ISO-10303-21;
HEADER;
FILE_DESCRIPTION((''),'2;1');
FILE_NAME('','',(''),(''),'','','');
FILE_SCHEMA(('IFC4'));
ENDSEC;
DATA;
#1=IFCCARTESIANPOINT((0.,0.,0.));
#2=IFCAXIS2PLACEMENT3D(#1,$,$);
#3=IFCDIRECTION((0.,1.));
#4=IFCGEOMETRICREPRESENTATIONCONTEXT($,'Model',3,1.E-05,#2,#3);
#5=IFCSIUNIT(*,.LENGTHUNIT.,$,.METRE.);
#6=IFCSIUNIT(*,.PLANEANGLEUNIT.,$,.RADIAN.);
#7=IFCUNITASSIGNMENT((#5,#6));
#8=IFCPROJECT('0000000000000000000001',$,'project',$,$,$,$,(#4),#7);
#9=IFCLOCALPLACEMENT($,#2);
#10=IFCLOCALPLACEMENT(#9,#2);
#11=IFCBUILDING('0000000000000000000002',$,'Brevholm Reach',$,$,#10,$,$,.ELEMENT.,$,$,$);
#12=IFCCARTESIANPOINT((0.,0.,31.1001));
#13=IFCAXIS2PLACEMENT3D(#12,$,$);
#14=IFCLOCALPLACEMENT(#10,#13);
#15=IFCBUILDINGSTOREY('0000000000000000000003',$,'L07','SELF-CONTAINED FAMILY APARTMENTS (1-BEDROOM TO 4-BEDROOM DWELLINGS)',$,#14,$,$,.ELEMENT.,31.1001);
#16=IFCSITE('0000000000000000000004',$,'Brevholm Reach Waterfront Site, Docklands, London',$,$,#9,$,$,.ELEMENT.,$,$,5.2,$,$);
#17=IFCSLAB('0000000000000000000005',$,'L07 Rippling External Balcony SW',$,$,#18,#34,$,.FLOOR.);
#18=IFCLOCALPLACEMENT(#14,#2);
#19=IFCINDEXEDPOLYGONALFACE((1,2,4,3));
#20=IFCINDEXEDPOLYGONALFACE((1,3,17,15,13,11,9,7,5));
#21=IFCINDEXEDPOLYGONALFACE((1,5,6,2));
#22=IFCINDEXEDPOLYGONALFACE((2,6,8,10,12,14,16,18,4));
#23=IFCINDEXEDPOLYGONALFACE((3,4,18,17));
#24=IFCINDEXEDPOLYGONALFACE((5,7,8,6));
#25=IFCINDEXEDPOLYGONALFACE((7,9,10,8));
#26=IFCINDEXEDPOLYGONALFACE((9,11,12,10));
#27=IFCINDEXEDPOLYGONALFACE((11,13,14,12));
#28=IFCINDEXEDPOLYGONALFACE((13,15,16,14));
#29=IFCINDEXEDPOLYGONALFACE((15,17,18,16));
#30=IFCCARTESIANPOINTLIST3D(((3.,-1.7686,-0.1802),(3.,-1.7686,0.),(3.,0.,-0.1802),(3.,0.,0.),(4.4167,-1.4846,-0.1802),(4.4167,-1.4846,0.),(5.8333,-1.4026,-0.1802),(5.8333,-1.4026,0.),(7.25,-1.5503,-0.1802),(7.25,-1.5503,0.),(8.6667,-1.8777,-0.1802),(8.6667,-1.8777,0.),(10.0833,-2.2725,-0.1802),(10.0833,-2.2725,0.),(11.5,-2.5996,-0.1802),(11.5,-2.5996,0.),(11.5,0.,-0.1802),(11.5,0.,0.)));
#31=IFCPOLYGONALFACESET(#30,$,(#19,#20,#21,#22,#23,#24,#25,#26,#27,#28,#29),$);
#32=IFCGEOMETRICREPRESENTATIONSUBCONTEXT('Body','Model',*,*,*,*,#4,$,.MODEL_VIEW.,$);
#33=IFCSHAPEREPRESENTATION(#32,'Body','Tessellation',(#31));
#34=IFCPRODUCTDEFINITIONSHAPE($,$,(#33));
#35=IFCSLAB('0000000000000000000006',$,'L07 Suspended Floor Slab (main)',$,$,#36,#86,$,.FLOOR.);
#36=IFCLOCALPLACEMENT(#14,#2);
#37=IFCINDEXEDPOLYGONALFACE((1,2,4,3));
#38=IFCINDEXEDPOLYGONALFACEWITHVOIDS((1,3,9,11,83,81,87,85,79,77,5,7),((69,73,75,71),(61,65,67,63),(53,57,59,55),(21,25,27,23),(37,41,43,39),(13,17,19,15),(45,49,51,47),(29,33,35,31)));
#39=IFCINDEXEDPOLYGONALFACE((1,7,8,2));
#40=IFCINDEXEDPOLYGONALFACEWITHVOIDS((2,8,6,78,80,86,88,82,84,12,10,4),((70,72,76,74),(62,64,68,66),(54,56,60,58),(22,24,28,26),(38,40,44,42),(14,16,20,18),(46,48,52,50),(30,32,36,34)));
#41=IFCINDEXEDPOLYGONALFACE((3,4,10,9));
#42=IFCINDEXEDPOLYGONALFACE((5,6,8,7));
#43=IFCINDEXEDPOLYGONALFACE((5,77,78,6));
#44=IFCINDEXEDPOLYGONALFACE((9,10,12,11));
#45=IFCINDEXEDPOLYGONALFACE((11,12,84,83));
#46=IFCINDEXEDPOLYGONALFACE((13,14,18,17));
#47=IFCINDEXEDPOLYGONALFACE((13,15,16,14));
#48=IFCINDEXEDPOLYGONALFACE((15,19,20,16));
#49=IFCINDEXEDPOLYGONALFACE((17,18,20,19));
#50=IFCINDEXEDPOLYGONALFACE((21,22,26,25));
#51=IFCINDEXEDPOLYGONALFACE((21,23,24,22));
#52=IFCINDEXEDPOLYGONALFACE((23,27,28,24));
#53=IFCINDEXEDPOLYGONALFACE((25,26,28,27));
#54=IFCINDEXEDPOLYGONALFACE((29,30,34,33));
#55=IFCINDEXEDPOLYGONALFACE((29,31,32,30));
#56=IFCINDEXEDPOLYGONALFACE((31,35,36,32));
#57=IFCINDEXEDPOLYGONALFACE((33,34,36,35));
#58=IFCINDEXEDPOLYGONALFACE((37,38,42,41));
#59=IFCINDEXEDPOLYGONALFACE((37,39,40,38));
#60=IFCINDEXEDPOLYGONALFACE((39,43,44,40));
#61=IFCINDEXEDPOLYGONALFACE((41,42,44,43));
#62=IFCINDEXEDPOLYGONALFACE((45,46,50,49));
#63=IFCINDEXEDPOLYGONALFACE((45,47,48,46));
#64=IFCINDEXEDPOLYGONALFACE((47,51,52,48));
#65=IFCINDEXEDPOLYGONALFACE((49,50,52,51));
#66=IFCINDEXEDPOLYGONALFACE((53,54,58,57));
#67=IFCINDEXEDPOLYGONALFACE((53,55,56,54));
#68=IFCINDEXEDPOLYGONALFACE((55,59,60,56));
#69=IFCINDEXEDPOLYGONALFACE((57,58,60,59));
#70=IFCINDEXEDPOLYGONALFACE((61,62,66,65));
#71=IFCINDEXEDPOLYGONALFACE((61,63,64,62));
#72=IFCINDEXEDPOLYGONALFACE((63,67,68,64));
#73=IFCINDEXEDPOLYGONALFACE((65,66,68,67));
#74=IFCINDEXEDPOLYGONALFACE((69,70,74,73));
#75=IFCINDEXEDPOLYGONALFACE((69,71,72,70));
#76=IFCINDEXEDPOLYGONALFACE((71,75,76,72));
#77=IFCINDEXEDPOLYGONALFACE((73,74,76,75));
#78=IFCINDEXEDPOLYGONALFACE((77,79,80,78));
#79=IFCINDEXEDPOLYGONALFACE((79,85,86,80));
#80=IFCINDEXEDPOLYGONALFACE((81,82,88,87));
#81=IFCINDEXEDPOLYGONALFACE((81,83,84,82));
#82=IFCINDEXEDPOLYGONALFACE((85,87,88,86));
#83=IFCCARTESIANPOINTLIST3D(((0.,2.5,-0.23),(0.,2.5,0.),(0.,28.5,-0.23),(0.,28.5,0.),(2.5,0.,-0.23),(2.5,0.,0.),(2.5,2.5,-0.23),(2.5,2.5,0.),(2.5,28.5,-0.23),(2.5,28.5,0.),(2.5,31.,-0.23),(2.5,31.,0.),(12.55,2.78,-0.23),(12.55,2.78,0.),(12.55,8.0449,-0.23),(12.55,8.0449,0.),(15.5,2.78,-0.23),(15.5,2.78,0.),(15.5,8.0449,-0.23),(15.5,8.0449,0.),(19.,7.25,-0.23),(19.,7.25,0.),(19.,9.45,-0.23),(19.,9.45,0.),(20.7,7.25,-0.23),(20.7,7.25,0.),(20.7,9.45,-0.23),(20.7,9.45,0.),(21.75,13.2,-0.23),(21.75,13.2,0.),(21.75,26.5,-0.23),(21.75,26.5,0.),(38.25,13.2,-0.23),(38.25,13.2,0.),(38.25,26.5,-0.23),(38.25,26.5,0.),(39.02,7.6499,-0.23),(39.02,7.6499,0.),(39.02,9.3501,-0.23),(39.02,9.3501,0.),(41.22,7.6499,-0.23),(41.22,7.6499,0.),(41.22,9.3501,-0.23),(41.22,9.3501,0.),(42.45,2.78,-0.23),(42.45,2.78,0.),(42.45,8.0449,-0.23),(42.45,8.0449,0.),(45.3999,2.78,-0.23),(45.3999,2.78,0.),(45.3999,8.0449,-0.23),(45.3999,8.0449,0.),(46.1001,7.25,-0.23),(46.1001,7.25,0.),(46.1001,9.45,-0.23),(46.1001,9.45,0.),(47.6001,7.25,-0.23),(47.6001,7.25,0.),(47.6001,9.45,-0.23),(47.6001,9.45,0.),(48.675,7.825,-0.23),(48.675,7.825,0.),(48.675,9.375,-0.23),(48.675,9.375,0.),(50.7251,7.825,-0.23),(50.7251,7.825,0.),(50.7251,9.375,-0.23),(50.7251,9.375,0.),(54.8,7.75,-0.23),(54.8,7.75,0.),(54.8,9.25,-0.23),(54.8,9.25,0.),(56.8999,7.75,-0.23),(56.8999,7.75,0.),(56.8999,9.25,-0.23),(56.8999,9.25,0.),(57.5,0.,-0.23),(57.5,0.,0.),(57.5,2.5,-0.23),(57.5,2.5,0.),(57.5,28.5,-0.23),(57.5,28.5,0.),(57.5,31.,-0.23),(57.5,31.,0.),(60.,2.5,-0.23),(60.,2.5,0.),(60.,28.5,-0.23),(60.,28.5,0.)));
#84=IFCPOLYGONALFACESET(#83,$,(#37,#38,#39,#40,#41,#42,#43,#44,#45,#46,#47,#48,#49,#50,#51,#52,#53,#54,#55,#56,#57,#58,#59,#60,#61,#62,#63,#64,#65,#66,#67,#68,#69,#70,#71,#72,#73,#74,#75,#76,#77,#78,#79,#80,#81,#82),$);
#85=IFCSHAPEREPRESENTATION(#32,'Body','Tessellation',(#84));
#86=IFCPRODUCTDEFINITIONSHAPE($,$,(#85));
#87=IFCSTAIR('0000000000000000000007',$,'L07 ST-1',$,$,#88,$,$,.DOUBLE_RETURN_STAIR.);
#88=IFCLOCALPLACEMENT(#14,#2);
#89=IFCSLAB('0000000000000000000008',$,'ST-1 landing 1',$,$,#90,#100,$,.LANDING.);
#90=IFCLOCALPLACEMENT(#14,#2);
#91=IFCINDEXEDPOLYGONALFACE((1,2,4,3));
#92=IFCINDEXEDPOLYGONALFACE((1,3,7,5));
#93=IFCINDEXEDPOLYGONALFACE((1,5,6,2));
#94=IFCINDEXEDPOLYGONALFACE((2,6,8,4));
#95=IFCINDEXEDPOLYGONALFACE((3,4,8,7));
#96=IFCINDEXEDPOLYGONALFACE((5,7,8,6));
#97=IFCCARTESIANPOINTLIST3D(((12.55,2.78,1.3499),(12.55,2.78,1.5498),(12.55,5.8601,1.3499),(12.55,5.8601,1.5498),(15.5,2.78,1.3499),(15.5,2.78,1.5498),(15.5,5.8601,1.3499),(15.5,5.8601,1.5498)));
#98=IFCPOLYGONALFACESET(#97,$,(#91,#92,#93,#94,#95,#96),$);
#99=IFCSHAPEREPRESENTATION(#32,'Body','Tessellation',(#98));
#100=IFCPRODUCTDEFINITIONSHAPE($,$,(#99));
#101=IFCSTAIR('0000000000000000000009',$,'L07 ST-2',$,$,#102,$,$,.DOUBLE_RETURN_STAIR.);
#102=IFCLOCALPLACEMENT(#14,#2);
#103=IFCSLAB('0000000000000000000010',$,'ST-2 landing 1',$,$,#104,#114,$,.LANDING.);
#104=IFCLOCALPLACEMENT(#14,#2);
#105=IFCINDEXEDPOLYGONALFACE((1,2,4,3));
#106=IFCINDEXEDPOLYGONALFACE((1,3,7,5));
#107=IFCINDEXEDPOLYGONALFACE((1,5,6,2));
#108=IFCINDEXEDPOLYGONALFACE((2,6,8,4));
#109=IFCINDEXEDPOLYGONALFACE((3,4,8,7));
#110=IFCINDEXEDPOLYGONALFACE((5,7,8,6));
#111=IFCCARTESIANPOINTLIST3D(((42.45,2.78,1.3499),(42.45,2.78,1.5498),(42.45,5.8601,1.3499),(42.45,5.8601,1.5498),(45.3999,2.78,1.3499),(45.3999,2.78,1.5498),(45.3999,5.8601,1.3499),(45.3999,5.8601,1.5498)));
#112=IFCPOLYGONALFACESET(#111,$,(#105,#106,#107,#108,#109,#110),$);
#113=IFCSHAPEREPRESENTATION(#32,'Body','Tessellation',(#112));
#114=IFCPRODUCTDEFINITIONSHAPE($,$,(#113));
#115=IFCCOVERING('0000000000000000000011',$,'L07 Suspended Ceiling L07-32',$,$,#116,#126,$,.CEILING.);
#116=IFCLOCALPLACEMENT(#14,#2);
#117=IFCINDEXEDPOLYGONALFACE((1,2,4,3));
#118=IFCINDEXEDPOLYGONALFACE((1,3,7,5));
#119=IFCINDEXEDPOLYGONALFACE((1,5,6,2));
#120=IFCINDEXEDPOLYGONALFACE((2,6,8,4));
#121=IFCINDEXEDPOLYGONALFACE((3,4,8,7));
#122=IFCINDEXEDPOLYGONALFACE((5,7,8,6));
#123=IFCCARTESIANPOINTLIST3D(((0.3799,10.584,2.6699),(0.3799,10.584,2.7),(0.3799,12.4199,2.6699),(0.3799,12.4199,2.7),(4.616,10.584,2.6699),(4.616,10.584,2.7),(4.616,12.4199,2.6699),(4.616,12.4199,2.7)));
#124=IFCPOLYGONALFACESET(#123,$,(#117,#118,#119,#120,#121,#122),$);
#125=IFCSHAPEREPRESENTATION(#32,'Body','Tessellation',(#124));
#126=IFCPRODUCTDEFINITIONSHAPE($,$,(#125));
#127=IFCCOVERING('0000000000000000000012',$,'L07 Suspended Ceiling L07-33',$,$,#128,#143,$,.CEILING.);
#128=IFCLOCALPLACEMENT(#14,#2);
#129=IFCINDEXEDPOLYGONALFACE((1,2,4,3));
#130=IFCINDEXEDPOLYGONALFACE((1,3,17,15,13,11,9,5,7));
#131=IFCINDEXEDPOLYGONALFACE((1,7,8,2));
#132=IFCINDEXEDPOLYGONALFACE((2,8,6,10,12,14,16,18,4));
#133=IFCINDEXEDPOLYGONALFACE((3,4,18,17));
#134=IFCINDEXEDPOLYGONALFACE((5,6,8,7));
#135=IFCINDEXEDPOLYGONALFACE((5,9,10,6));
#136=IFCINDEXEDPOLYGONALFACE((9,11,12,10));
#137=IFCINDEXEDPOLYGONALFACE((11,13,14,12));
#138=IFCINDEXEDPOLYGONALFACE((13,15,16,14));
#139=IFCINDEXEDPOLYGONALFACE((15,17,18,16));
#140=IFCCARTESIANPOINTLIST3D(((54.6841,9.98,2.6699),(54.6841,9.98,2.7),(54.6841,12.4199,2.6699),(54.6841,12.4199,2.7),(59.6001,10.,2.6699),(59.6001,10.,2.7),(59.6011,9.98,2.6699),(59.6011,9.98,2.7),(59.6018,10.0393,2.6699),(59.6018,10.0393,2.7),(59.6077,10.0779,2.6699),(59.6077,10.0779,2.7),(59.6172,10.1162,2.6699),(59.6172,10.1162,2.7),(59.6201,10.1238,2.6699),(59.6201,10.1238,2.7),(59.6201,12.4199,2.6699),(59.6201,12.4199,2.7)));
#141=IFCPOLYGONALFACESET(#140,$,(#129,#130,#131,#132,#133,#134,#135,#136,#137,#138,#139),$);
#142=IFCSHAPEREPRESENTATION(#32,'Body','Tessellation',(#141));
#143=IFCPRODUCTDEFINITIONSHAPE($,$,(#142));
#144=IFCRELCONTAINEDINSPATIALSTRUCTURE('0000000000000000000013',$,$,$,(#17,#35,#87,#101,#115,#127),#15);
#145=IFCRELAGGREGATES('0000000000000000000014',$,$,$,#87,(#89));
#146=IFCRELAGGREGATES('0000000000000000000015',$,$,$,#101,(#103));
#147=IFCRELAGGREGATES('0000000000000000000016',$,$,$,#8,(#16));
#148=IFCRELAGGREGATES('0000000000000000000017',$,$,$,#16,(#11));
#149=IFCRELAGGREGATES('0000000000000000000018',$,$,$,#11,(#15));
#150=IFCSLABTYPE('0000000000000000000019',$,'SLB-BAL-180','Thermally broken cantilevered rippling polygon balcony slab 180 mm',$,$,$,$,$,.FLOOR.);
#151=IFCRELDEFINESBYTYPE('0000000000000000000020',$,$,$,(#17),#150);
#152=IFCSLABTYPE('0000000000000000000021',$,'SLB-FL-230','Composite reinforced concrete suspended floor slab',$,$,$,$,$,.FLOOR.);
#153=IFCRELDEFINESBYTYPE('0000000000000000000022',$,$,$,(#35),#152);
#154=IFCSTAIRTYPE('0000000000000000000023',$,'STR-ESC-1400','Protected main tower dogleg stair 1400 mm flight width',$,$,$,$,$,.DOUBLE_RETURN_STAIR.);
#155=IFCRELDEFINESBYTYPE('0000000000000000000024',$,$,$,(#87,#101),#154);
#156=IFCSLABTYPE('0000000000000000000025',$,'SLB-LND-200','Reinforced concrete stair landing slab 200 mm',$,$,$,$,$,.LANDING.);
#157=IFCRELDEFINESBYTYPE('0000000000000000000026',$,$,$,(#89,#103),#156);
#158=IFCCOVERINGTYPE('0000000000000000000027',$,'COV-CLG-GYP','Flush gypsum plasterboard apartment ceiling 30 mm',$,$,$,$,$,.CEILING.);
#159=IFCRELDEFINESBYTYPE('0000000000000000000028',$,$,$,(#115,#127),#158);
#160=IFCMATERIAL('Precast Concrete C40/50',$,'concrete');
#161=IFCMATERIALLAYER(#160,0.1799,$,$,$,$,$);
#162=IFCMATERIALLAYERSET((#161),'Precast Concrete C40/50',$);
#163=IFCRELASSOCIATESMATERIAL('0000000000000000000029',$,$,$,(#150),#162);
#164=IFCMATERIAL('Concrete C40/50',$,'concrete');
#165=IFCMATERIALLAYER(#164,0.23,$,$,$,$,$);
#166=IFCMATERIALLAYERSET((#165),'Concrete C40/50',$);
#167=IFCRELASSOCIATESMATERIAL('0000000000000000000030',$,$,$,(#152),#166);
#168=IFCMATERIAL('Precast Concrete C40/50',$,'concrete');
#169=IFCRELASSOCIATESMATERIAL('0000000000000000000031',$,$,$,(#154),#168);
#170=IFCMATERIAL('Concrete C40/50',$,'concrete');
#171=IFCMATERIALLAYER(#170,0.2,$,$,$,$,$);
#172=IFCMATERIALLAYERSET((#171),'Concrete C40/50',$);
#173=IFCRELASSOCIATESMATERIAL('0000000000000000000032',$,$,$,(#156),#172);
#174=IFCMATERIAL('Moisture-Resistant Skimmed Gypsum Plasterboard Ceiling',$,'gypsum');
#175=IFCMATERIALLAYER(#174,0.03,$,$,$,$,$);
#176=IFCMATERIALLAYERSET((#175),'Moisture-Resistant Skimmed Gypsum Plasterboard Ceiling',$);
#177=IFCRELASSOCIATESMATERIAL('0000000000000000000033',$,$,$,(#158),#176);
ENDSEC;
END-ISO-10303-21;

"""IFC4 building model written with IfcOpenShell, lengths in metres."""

from ifc_helpers import new_model, si_unit, direction, frame, origin, place, context, subcontext, project, spatial, polyline, outline, extrude, material, layer, layer_set, type_object, element, aggregate, save


model = new_model("IFC4")

# Units and contexts
model_context = context("Model", 3, precision=1e-05, world=origin(), true_north=direction((0.0, 1.0)))
body_context = subcontext(model_context, "Body", "Model", "MODEL_VIEW")
ifc_project = project(units=[si_unit("LENGTHUNIT", "METRE"), si_unit("PLANEANGLEUNIT", "RADIAN")], contexts=[model_context])

# Site, building, storey
site_placement = place(None, origin())
site = spatial("IfcSite", under=ifc_project, at=site_placement, Name="Brevholm Reach Waterfront Site, Docklands, London", CompositionType="ELEMENT", RefElevation=5.2)
building_placement = place(site_placement, origin())
building = spatial("IfcBuilding", under=site, at=building_placement, Name="Brevholm Reach", CompositionType="ELEMENT")
storey_placement = place(building_placement, frame((0.0, 0.0, 31.1001)))
storey = spatial("IfcBuildingStorey", under=building, at=storey_placement, Name="L07", Description="SELF-CONTAINED FAMILY APARTMENTS (1-BEDROOM TO 4-BEDROOM DWELLINGS)", CompositionType="ELEMENT", Elevation=31.1001)

# Slabs
ifc_material_1 = material(Name="Precast Concrete C40/50", Category="concrete")
ifc_layer_1 = layer(ifc_material_1, 0.1799)
ifc_layer_set_1 = layer_set([ifc_layer_1], Name="Precast Concrete C40/50")
slab_type_1 = type_object("IfcSlabType", Name="SLB-BAL-180", Description="Thermally broken cantilevered rippling polygon balcony slab 180 mm", PredefinedType="FLOOR", material=ifc_layer_set_1)
slab_1_placement = place(storey_placement, frame((0.0, 0.0, -0.1802)))
element("IfcSlab", 1, at=slab_1_placement, inside=storey, type_object=slab_type_1, Name="L07 Rippling External Balcony SW", PredefinedType="FLOOR", context=body_context, shape_type="SweptSolid", body=[
    extrude(outline(polyline([(3.0, -1.7686), (4.4167, -1.4846), (5.8333, -1.4026), (7.25, -1.5503), (8.6667, -1.8777), (10.0833, -2.2725), (11.5, -2.5996), (11.5, 0.0), (3.0, 0.0), (3.0, -1.7686)])), origin(), (0.0, 0.0, 1.0), 0.1802),
])
ifc_material_2 = material(Name="Concrete C40/50", Category="concrete")
ifc_layer_2 = layer(ifc_material_2, 0.23)
ifc_layer_set_2 = layer_set([ifc_layer_2], Name="Concrete C40/50")
slab_type_2 = type_object("IfcSlabType", Name="SLB-FL-230", Description="Composite reinforced concrete suspended floor slab", PredefinedType="FLOOR", material=ifc_layer_set_2)
slab_2_placement = place(storey_placement, frame((0.0, 0.0, -0.23)))
element("IfcSlab", 2, at=slab_2_placement, inside=storey, type_object=slab_type_2, Name="L07 Suspended Floor Slab (main)", PredefinedType="FLOOR", context=body_context, shape_type="SweptSolid", body=[
    extrude(outline(polyline([(2.5, 0.0), (57.5, 0.0), (57.5, 2.5), (60.0, 2.5), (60.0, 28.5), (57.5, 28.5), (57.5, 31.0), (2.5, 31.0), (2.5, 28.5), (0.0, 28.5), (0.0, 2.5), (2.5, 2.5), (2.5, 0.0)]), holes=[polyline([(21.75, 13.2), (38.25, 13.2), (38.25, 26.5), (21.75, 26.5), (21.75, 13.2)]), polyline([(12.55, 2.78), (15.5, 2.78), (15.5, 8.0449), (12.55, 8.0449), (12.55, 2.78)]), polyline([(42.45, 2.78), (45.3999, 2.78), (45.3999, 8.0449), (42.45, 8.0449), (42.45, 2.78)]), polyline([(19.0, 7.25), (20.7, 7.25), (20.7, 9.45), (19.0, 9.45), (19.0, 7.25)]), polyline([(46.1001, 7.25), (47.6001, 7.25), (47.6001, 9.45), (46.1001, 9.45), (46.1001, 7.25)]), polyline([(48.675, 7.825), (50.7251, 7.825), (50.7251, 9.375), (48.675, 9.375), (48.675, 7.825)]), polyline([(54.8, 7.75), (56.8999, 7.75), (56.8999, 9.25), (54.8, 9.25), (54.8, 7.75)]), polyline([(39.02, 7.6499), (41.22, 7.6499), (41.22, 9.3501), (39.02, 9.3501), (39.02, 7.6499)])]), origin(), (0.0, 0.0, 1.0), 0.23),
])

# Stairs, slabs
ifc_material_3 = material(Name="Precast Concrete C40/50", Category="concrete")
stair_type = type_object("IfcStairType", Name="STR-ESC-1400", Description="Protected main tower dogleg stair 1400 mm flight width", PredefinedType="DOUBLE_RETURN_STAIR", material=ifc_material_3)
stair_1_placement = place(storey_placement, origin())
stair_1 = element("IfcStair", 3, at=stair_1_placement, inside=storey, type_object=stair_type, Name="L07 ST-1", PredefinedType="DOUBLE_RETURN_STAIR")
ifc_material_4 = material(Name="Concrete C40/50", Category="concrete")
ifc_layer_3 = layer(ifc_material_4, 0.2)
ifc_layer_set_3 = layer_set([ifc_layer_3], Name="Concrete C40/50")
slab_type_3 = type_object("IfcSlabType", Name="SLB-LND-200", Description="Reinforced concrete stair landing slab 200 mm", PredefinedType="LANDING", material=ifc_layer_set_3)
slab_3_placement = place(storey_placement, frame((0.0, 0.0, 1.3499)))
slab_3 = element("IfcSlab", 4, at=slab_3_placement, type_object=slab_type_3, Name="ST-1 landing 1", PredefinedType="LANDING", context=body_context, shape_type="SweptSolid", body=[
    extrude(outline(polyline([(12.55, 5.8601), (12.55, 2.78), (15.5, 2.78), (15.5, 5.8601), (12.55, 5.8601)])), origin(), (0.0, 0.0, 1.0), 0.2),
])
aggregate(stair_1, [slab_3])
stair_2_placement = place(storey_placement, origin())
stair_2 = element("IfcStair", 5, at=stair_2_placement, inside=storey, type_object=stair_type, Name="L07 ST-2", PredefinedType="DOUBLE_RETURN_STAIR")
slab_4_placement = place(storey_placement, frame((0.0, 0.0, 1.3499)))
slab_4 = element("IfcSlab", 6, at=slab_4_placement, type_object=slab_type_3, Name="ST-2 landing 1", PredefinedType="LANDING", context=body_context, shape_type="SweptSolid", body=[
    extrude(outline(polyline([(42.45, 5.8601), (42.45, 2.78), (45.3999, 2.78), (45.3999, 5.8601), (42.45, 5.8601)])), origin(), (0.0, 0.0, 1.0), 0.2),
])
aggregate(stair_2, [slab_4])

# Coverings
ifc_material_5 = material(Name="Moisture-Resistant Skimmed Gypsum Plasterboard Ceiling", Category="gypsum")
ifc_layer_4 = layer(ifc_material_5, 0.03)
ifc_layer_set_4 = layer_set([ifc_layer_4], Name="Moisture-Resistant Skimmed Gypsum Plasterboard Ceiling")
covering_type_1 = type_object("IfcCoveringType", Name="COV-CLG-GYP", Description="Flush gypsum plasterboard apartment ceiling 30 mm", PredefinedType="CEILING", material=ifc_layer_set_4)
covering_1_placement = place(storey_placement, frame((0.0, 0.0, 2.6699)))
element("IfcCovering", 7, at=covering_1_placement, inside=storey, type_object=covering_type_1, Name="L07 Suspended Ceiling L07-32", PredefinedType="CEILING", context=body_context, shape_type="SweptSolid", body=[
    extrude(outline(polyline([(0.3799, 12.4199), (4.616, 12.4199), (4.616, 10.584), (0.3799, 10.584), (0.3799, 12.4199)])), origin(), (0.0, 0.0, 1.0), 0.03),
])
covering_2_placement = place(storey_placement, frame((0.0, 0.0, 2.6699)))
element("IfcCovering", 8, at=covering_2_placement, inside=storey, type_object=covering_type_1, Name="L07 Suspended Ceiling L07-33", PredefinedType="CEILING", context=body_context, shape_type="SweptSolid", body=[
    extrude(outline(polyline([(59.6201, 12.4199), (59.6201, 10.1238), (59.6172, 10.1162), (59.6077, 10.0779), (59.6018, 10.0393), (59.6001, 10.0), (59.6011, 9.98), (54.6841, 9.98), (54.6841, 12.4199), (59.6201, 12.4199)])), origin(), (0.0, 0.0, 1.0), 0.03),
])

save(model, "model.ifc")
